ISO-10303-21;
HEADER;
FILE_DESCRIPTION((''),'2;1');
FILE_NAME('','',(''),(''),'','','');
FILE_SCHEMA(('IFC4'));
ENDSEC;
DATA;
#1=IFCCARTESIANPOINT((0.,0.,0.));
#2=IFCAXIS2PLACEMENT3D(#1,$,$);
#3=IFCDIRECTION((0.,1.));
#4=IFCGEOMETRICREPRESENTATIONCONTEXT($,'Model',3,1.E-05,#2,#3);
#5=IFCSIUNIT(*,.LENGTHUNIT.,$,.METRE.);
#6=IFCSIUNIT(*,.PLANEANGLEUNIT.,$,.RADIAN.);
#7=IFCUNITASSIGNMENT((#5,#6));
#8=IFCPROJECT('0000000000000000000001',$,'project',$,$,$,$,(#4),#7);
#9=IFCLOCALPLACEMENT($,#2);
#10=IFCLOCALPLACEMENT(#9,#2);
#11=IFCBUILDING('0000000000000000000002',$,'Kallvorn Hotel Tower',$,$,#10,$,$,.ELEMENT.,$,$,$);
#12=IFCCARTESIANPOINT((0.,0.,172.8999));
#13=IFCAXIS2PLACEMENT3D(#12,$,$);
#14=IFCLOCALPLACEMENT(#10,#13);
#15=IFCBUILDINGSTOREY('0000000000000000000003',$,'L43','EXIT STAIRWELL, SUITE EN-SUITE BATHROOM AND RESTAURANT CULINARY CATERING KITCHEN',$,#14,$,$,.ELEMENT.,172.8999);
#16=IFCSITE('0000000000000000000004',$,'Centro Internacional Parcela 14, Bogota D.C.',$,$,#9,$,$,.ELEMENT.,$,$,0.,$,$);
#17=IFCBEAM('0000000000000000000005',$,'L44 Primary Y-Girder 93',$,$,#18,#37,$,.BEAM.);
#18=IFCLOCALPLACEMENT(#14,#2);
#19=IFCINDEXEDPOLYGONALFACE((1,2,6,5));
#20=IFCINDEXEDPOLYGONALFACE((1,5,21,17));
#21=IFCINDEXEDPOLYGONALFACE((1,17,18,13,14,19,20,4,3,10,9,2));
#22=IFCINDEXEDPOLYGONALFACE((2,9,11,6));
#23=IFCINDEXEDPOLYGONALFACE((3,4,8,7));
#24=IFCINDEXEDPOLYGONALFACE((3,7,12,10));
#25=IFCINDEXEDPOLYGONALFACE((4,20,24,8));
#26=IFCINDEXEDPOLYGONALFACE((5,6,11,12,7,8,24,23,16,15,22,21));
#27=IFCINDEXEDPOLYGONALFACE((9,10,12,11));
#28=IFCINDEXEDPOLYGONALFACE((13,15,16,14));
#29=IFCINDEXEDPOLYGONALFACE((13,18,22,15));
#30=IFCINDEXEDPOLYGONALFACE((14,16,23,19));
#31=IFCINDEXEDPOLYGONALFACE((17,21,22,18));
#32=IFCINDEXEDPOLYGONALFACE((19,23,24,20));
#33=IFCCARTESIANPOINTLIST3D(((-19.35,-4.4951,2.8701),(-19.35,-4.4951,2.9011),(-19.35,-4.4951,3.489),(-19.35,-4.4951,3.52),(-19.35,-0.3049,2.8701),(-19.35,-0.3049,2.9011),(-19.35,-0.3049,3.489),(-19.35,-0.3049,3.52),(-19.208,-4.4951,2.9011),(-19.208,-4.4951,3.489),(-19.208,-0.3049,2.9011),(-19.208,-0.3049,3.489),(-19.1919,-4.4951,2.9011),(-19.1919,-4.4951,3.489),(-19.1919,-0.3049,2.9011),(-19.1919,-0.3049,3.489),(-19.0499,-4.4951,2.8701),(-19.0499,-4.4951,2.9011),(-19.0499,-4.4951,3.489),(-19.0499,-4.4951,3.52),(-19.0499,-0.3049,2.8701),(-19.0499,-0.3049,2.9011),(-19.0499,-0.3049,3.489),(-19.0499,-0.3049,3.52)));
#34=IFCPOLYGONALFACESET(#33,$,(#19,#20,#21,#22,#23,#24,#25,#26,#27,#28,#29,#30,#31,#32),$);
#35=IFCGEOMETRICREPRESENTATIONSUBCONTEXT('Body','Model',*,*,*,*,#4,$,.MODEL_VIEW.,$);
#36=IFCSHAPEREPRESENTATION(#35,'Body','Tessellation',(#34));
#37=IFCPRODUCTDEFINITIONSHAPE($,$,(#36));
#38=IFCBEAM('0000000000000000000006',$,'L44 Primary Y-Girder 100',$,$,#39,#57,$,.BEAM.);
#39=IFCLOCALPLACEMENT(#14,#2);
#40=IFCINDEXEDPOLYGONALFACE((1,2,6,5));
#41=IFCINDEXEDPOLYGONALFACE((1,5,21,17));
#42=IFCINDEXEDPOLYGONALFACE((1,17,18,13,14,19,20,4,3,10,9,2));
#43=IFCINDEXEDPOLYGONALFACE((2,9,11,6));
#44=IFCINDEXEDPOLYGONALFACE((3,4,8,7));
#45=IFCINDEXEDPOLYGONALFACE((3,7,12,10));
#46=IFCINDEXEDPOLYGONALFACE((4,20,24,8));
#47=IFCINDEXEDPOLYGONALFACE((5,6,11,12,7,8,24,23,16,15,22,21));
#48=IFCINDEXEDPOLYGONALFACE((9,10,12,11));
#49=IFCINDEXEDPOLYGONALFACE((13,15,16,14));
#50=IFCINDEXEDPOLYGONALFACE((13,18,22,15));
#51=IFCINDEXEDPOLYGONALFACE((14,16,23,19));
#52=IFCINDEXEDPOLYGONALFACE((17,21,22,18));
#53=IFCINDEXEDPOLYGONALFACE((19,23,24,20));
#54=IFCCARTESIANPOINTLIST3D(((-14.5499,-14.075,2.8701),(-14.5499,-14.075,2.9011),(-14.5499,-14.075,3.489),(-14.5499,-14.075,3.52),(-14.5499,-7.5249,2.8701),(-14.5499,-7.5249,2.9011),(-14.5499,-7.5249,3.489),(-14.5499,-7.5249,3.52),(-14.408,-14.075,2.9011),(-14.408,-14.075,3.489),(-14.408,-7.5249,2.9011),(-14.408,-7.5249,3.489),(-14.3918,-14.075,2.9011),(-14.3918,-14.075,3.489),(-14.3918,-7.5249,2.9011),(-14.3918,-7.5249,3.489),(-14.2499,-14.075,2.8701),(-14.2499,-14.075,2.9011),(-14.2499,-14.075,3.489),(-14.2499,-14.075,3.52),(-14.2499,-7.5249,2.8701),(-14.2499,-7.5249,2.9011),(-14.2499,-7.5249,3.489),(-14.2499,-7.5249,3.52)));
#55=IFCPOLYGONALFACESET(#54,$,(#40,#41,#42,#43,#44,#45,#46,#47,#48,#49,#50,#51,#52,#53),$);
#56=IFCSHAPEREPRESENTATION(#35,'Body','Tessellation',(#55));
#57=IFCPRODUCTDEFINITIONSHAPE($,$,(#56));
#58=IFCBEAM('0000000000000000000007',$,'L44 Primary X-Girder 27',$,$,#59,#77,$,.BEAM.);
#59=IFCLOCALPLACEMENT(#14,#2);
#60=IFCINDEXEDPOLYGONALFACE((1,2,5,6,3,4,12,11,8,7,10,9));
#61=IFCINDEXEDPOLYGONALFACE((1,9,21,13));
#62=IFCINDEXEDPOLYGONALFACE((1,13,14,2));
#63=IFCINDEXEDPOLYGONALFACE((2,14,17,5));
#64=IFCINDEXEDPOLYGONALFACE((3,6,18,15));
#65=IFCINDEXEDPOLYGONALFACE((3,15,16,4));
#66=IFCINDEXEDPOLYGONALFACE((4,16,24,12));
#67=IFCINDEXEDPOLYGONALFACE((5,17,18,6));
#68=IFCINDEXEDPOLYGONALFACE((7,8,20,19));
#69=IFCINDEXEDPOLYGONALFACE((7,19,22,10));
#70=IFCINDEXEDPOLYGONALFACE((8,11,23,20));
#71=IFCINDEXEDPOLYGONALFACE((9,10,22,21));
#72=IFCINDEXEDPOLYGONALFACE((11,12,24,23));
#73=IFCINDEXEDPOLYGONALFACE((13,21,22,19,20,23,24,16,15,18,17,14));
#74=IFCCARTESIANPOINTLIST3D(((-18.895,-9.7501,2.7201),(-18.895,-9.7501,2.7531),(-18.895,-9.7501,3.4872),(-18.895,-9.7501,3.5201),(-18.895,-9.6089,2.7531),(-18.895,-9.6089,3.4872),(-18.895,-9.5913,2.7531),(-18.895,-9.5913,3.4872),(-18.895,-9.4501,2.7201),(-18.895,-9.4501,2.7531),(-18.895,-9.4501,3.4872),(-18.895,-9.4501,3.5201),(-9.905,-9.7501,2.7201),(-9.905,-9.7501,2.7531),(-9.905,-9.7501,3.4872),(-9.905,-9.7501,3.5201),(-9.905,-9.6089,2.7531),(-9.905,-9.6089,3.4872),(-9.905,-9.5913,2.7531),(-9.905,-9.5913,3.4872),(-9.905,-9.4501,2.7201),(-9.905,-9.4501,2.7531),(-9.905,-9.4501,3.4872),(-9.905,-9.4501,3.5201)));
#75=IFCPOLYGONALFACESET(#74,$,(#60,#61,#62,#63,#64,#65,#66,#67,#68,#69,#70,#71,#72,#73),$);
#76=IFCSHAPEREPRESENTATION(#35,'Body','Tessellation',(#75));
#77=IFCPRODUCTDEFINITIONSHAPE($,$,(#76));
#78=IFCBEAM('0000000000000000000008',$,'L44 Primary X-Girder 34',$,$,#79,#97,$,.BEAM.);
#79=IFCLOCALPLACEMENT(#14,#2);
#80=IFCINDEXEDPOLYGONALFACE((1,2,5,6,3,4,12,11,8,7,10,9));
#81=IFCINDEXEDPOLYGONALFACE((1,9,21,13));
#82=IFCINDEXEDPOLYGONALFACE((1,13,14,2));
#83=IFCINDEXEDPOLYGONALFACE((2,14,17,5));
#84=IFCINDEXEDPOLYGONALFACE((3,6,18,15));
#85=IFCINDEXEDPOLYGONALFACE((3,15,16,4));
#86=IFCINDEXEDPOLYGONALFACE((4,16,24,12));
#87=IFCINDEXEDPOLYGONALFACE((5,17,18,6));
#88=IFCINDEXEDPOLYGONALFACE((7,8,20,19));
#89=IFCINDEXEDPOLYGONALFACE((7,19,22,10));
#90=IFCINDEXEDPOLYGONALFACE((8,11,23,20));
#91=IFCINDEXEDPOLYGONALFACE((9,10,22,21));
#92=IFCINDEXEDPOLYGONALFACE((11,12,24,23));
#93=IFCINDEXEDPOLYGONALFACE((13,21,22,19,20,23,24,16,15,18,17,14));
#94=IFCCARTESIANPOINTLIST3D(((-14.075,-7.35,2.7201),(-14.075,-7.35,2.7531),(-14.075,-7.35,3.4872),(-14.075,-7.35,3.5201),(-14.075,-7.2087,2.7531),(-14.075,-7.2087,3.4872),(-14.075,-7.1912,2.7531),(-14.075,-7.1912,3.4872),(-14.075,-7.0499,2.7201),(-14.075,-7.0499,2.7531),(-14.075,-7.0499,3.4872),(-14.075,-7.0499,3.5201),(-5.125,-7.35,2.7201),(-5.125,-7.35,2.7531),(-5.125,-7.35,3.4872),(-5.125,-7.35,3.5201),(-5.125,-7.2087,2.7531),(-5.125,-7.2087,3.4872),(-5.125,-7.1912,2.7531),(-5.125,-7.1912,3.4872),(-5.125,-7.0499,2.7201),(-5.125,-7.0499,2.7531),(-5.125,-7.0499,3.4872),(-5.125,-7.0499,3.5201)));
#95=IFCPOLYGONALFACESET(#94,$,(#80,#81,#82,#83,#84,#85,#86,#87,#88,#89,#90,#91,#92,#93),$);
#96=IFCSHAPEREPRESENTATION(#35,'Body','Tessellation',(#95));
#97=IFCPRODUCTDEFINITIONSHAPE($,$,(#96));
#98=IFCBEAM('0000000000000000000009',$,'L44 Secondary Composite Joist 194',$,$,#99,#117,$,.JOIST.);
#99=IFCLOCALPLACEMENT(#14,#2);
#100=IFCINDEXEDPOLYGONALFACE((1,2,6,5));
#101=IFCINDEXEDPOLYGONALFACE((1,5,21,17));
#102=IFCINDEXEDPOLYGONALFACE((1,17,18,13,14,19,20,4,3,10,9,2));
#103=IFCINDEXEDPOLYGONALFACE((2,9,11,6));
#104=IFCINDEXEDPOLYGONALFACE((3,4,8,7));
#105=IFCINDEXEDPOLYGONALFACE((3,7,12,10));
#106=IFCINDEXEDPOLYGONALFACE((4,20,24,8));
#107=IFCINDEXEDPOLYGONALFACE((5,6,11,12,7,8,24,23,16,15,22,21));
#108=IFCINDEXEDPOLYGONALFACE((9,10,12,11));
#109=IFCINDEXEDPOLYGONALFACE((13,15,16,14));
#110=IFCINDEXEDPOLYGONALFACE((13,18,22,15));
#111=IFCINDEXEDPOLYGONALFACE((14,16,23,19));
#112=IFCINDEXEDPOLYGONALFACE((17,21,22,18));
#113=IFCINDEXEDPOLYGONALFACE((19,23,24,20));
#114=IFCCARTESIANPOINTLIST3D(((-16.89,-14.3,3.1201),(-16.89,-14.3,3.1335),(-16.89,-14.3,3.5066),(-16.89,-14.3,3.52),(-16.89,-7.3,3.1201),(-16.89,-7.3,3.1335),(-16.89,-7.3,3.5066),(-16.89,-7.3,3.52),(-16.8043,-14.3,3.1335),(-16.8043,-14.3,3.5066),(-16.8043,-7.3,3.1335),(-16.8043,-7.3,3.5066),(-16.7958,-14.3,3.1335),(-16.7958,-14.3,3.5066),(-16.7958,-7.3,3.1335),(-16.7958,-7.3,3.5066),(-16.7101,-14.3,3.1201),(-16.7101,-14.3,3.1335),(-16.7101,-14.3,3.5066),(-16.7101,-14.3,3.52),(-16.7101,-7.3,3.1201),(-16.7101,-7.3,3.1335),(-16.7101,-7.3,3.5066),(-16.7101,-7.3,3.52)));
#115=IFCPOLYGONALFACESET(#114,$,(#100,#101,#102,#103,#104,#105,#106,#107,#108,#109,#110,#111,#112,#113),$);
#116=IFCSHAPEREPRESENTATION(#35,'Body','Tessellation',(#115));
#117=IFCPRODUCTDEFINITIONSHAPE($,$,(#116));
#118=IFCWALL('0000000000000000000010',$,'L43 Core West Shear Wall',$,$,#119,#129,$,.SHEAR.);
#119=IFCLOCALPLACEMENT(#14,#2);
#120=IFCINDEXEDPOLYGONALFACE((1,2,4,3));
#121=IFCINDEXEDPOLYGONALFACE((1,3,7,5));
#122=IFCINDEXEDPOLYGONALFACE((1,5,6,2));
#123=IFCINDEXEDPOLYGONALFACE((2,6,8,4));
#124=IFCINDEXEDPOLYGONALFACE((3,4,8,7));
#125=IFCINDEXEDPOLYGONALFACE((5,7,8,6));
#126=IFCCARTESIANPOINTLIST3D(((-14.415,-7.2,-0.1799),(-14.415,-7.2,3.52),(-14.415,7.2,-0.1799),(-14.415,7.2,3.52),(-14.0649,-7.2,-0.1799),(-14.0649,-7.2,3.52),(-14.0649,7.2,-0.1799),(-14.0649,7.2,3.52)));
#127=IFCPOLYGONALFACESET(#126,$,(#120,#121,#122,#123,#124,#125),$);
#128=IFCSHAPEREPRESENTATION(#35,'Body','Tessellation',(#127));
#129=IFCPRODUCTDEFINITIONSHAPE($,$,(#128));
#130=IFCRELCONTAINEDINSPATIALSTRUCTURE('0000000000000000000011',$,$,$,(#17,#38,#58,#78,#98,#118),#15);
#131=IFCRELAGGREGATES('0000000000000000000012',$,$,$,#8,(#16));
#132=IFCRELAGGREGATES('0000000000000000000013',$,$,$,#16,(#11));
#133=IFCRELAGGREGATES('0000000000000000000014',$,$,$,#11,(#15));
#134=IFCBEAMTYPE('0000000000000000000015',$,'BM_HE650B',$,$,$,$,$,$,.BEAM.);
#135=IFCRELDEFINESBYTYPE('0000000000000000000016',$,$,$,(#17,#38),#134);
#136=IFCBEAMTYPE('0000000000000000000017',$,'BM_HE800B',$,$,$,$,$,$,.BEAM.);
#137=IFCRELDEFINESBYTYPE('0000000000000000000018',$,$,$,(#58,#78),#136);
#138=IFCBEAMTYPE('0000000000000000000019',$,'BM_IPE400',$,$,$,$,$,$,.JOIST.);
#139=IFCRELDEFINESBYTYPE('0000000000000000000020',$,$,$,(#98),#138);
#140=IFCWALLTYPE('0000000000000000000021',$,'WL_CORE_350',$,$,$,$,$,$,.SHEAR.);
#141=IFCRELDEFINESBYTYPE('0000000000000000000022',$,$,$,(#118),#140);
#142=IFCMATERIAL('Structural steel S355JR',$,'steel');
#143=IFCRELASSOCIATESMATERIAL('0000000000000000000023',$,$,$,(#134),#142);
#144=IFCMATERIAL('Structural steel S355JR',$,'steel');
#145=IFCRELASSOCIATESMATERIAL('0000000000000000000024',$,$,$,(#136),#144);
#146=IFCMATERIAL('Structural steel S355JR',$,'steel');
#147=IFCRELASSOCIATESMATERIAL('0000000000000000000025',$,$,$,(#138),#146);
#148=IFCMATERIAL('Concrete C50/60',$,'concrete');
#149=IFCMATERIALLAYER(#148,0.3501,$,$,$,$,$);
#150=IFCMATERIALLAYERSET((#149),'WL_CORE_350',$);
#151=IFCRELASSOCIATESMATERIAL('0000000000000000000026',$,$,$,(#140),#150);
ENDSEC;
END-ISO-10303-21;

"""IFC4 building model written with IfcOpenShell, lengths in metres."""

from ifc_helpers import new_model, si_unit, direction, frame, frame_2d, origin, origin_2d, place, context, subcontext, project, spatial, rectangle, i_section, extrude, material, layer, layer_set, material_profile, profile_set, type_object, element, save


model = new_model("IFC4")

# Units and contexts
model_context = context("Model", 3, precision=1e-05, world=origin(), true_north=direction((0.0, 1.0)))
body_context = subcontext(model_context, "Body", "Model", "MODEL_VIEW")
ifc_project = project(units=[si_unit("LENGTHUNIT", "METRE"), si_unit("PLANEANGLEUNIT", "RADIAN")], contexts=[model_context])

# Site, building, storey
site_placement = place(None, origin())
site = spatial("IfcSite", under=ifc_project, at=site_placement, Name="Centro Internacional Parcela 14, Bogota D.C.", CompositionType="ELEMENT", RefElevation=0.0)
building_placement = place(site_placement, origin())
building = spatial("IfcBuilding", under=site, at=building_placement, Name="Kallvorn Hotel Tower", CompositionType="ELEMENT")
storey_placement = place(building_placement, frame((0.0, 0.0, 172.8999)))
storey = spatial("IfcBuildingStorey", under=building, at=storey_placement, Name="L43", Description="EXIT STAIRWELL, SUITE EN-SUITE BATHROOM AND RESTAURANT CULINARY CATERING KITCHEN", CompositionType="ELEMENT", Elevation=172.8999)

# Beams
ifc_material_1 = material(Name="Structural steel S355JR", Category="steel")
ifc_material_profile_1 = material_profile(ifc_material_1, i_section(OverallWidth=0.3, OverallDepth=0.6499, WebThickness=0.0161, FlangeThickness=0.031, at=origin_2d()), Name="HE 650 B")
ifc_profile_set_1 = profile_set([ifc_material_profile_1], Name="Structural steel S355JR")
beam_type_1 = type_object("IfcBeamType", Name="BM_HE650B", PredefinedType="BEAM", material=ifc_profile_set_1)
beam_1_placement = place(storey_placement, frame((-19.2, -4.4951, 3.1951), z_axis=(0.0, 1.0, 0.0), x_axis=(-1.0, 0.0, 0.0)))
element("IfcBeam", 1, at=beam_1_placement, inside=storey, type_object=beam_type_1, Name="L44 Primary Y-Girder 93", PredefinedType="BEAM", context=body_context, shape_type="SweptSolid", body=[
    extrude(i_section(OverallWidth=0.3, OverallDepth=0.6499, WebThickness=0.0161, FlangeThickness=0.031, at=origin_2d()), origin(), (0.0, 0.0, 1.0), 4.1902),
])
beam_2_placement = place(storey_placement, frame((-14.3999, -14.075, 3.1951), z_axis=(0.0, 1.0, 0.0), x_axis=(-1.0, 0.0, 0.0)))
element("IfcBeam", 2, at=beam_2_placement, inside=storey, type_object=beam_type_1, Name="L44 Primary Y-Girder 100", PredefinedType="BEAM", context=body_context, shape_type="SweptSolid", body=[
    extrude(i_section(OverallWidth=0.3, OverallDepth=0.6499, WebThickness=0.0161, FlangeThickness=0.031, at=origin_2d()), origin(), (0.0, 0.0, 1.0), 6.55),
])
ifc_material_2 = material(Name="Structural steel S355JR", Category="steel")
ifc_material_profile_2 = material_profile(ifc_material_2, i_section(OverallWidth=0.3, OverallDepth=0.8, WebThickness=0.0176, FlangeThickness=0.033, at=origin_2d()), Name="HE 800 B")
ifc_profile_set_2 = profile_set([ifc_material_profile_2], Name="Structural steel S355JR")
beam_type_2 = type_object("IfcBeamType", Name="BM_HE800B", PredefinedType="BEAM", material=ifc_profile_set_2)
beam_3_placement = place(storey_placement, frame((-18.895, -9.6001, 3.1201), z_axis=(1.0, 0.0, 0.0), x_axis=(0.0, 1.0, 0.0)))
element("IfcBeam", 3, at=beam_3_placement, inside=storey, type_object=beam_type_2, Name="L44 Primary X-Girder 27", PredefinedType="BEAM", context=body_context, shape_type="SweptSolid", body=[
    extrude(i_section(OverallWidth=0.3, OverallDepth=0.8, WebThickness=0.0176, FlangeThickness=0.033, at=origin_2d()), origin(), (0.0, 0.0, 1.0), 8.99),
])
beam_4_placement = place(storey_placement, frame((-14.075, -7.2, 3.1201), z_axis=(1.0, 0.0, 0.0), x_axis=(0.0, 1.0, 0.0)))
element("IfcBeam", 4, at=beam_4_placement, inside=storey, type_object=beam_type_2, Name="L44 Primary X-Girder 34", PredefinedType="BEAM", context=body_context, shape_type="SweptSolid", body=[
    extrude(i_section(OverallWidth=0.3, OverallDepth=0.8, WebThickness=0.0176, FlangeThickness=0.033, at=origin_2d()), origin(), (0.0, 0.0, 1.0), 8.95),
])
ifc_material_3 = material(Name="Structural steel S355JR", Category="steel")
ifc_material_profile_3 = material_profile(ifc_material_3, i_section(OverallWidth=0.1799, OverallDepth=0.3999, WebThickness=0.0085, FlangeThickness=0.0134, at=origin_2d()), Name="IPE 400")
ifc_profile_set_3 = profile_set([ifc_material_profile_3], Name="Structural steel S355JR")
beam_type_3 = type_object("IfcBeamType", Name="BM_IPE400", PredefinedType="JOIST", material=ifc_profile_set_3)
beam_5_placement = place(storey_placement, frame((-16.8, -14.3, 3.3201), z_axis=(0.0, 1.0, 0.0), x_axis=(-1.0, 0.0, 0.0)))
element("IfcBeam", 5, at=beam_5_placement, inside=storey, type_object=beam_type_3, Name="L44 Secondary Composite Joist 194", PredefinedType="JOIST", context=body_context, shape_type="SweptSolid", body=[
    extrude(i_section(OverallWidth=0.1799, OverallDepth=0.3999, WebThickness=0.0085, FlangeThickness=0.0134, at=origin_2d()), origin(), (0.0, 0.0, 1.0), 7.0),
])

# Wall
ifc_material_4 = material(Name="Concrete C50/60", Category="concrete")
ifc_layer_1 = layer(ifc_material_4, 0.3501)
ifc_layer_set_1 = layer_set([ifc_layer_1], Name="WL_CORE_350")
wall_type_1 = type_object("IfcWallType", Name="WL_CORE_350", PredefinedType="SHEAR", material=ifc_layer_set_1)
wall_1_placement = place(storey_placement, frame((-14.24, -7.2, -0.1799), z_axis=(0.0, 0.0, 1.0), x_axis=(0.0, 1.0, 0.0)))
element("IfcWall", 6, at=wall_1_placement, inside=storey, type_object=wall_type_1, Name="L43 Core West Shear Wall", PredefinedType="SHEAR", context=body_context, shape_type="SweptSolid", body=[
    extrude(rectangle(XDim=14.3999, YDim=0.3501, at=frame_2d((7.2, 0.0))), origin(), (0.0, 0.0, 1.0), 3.7),
])

save(model, "model.ifc")
